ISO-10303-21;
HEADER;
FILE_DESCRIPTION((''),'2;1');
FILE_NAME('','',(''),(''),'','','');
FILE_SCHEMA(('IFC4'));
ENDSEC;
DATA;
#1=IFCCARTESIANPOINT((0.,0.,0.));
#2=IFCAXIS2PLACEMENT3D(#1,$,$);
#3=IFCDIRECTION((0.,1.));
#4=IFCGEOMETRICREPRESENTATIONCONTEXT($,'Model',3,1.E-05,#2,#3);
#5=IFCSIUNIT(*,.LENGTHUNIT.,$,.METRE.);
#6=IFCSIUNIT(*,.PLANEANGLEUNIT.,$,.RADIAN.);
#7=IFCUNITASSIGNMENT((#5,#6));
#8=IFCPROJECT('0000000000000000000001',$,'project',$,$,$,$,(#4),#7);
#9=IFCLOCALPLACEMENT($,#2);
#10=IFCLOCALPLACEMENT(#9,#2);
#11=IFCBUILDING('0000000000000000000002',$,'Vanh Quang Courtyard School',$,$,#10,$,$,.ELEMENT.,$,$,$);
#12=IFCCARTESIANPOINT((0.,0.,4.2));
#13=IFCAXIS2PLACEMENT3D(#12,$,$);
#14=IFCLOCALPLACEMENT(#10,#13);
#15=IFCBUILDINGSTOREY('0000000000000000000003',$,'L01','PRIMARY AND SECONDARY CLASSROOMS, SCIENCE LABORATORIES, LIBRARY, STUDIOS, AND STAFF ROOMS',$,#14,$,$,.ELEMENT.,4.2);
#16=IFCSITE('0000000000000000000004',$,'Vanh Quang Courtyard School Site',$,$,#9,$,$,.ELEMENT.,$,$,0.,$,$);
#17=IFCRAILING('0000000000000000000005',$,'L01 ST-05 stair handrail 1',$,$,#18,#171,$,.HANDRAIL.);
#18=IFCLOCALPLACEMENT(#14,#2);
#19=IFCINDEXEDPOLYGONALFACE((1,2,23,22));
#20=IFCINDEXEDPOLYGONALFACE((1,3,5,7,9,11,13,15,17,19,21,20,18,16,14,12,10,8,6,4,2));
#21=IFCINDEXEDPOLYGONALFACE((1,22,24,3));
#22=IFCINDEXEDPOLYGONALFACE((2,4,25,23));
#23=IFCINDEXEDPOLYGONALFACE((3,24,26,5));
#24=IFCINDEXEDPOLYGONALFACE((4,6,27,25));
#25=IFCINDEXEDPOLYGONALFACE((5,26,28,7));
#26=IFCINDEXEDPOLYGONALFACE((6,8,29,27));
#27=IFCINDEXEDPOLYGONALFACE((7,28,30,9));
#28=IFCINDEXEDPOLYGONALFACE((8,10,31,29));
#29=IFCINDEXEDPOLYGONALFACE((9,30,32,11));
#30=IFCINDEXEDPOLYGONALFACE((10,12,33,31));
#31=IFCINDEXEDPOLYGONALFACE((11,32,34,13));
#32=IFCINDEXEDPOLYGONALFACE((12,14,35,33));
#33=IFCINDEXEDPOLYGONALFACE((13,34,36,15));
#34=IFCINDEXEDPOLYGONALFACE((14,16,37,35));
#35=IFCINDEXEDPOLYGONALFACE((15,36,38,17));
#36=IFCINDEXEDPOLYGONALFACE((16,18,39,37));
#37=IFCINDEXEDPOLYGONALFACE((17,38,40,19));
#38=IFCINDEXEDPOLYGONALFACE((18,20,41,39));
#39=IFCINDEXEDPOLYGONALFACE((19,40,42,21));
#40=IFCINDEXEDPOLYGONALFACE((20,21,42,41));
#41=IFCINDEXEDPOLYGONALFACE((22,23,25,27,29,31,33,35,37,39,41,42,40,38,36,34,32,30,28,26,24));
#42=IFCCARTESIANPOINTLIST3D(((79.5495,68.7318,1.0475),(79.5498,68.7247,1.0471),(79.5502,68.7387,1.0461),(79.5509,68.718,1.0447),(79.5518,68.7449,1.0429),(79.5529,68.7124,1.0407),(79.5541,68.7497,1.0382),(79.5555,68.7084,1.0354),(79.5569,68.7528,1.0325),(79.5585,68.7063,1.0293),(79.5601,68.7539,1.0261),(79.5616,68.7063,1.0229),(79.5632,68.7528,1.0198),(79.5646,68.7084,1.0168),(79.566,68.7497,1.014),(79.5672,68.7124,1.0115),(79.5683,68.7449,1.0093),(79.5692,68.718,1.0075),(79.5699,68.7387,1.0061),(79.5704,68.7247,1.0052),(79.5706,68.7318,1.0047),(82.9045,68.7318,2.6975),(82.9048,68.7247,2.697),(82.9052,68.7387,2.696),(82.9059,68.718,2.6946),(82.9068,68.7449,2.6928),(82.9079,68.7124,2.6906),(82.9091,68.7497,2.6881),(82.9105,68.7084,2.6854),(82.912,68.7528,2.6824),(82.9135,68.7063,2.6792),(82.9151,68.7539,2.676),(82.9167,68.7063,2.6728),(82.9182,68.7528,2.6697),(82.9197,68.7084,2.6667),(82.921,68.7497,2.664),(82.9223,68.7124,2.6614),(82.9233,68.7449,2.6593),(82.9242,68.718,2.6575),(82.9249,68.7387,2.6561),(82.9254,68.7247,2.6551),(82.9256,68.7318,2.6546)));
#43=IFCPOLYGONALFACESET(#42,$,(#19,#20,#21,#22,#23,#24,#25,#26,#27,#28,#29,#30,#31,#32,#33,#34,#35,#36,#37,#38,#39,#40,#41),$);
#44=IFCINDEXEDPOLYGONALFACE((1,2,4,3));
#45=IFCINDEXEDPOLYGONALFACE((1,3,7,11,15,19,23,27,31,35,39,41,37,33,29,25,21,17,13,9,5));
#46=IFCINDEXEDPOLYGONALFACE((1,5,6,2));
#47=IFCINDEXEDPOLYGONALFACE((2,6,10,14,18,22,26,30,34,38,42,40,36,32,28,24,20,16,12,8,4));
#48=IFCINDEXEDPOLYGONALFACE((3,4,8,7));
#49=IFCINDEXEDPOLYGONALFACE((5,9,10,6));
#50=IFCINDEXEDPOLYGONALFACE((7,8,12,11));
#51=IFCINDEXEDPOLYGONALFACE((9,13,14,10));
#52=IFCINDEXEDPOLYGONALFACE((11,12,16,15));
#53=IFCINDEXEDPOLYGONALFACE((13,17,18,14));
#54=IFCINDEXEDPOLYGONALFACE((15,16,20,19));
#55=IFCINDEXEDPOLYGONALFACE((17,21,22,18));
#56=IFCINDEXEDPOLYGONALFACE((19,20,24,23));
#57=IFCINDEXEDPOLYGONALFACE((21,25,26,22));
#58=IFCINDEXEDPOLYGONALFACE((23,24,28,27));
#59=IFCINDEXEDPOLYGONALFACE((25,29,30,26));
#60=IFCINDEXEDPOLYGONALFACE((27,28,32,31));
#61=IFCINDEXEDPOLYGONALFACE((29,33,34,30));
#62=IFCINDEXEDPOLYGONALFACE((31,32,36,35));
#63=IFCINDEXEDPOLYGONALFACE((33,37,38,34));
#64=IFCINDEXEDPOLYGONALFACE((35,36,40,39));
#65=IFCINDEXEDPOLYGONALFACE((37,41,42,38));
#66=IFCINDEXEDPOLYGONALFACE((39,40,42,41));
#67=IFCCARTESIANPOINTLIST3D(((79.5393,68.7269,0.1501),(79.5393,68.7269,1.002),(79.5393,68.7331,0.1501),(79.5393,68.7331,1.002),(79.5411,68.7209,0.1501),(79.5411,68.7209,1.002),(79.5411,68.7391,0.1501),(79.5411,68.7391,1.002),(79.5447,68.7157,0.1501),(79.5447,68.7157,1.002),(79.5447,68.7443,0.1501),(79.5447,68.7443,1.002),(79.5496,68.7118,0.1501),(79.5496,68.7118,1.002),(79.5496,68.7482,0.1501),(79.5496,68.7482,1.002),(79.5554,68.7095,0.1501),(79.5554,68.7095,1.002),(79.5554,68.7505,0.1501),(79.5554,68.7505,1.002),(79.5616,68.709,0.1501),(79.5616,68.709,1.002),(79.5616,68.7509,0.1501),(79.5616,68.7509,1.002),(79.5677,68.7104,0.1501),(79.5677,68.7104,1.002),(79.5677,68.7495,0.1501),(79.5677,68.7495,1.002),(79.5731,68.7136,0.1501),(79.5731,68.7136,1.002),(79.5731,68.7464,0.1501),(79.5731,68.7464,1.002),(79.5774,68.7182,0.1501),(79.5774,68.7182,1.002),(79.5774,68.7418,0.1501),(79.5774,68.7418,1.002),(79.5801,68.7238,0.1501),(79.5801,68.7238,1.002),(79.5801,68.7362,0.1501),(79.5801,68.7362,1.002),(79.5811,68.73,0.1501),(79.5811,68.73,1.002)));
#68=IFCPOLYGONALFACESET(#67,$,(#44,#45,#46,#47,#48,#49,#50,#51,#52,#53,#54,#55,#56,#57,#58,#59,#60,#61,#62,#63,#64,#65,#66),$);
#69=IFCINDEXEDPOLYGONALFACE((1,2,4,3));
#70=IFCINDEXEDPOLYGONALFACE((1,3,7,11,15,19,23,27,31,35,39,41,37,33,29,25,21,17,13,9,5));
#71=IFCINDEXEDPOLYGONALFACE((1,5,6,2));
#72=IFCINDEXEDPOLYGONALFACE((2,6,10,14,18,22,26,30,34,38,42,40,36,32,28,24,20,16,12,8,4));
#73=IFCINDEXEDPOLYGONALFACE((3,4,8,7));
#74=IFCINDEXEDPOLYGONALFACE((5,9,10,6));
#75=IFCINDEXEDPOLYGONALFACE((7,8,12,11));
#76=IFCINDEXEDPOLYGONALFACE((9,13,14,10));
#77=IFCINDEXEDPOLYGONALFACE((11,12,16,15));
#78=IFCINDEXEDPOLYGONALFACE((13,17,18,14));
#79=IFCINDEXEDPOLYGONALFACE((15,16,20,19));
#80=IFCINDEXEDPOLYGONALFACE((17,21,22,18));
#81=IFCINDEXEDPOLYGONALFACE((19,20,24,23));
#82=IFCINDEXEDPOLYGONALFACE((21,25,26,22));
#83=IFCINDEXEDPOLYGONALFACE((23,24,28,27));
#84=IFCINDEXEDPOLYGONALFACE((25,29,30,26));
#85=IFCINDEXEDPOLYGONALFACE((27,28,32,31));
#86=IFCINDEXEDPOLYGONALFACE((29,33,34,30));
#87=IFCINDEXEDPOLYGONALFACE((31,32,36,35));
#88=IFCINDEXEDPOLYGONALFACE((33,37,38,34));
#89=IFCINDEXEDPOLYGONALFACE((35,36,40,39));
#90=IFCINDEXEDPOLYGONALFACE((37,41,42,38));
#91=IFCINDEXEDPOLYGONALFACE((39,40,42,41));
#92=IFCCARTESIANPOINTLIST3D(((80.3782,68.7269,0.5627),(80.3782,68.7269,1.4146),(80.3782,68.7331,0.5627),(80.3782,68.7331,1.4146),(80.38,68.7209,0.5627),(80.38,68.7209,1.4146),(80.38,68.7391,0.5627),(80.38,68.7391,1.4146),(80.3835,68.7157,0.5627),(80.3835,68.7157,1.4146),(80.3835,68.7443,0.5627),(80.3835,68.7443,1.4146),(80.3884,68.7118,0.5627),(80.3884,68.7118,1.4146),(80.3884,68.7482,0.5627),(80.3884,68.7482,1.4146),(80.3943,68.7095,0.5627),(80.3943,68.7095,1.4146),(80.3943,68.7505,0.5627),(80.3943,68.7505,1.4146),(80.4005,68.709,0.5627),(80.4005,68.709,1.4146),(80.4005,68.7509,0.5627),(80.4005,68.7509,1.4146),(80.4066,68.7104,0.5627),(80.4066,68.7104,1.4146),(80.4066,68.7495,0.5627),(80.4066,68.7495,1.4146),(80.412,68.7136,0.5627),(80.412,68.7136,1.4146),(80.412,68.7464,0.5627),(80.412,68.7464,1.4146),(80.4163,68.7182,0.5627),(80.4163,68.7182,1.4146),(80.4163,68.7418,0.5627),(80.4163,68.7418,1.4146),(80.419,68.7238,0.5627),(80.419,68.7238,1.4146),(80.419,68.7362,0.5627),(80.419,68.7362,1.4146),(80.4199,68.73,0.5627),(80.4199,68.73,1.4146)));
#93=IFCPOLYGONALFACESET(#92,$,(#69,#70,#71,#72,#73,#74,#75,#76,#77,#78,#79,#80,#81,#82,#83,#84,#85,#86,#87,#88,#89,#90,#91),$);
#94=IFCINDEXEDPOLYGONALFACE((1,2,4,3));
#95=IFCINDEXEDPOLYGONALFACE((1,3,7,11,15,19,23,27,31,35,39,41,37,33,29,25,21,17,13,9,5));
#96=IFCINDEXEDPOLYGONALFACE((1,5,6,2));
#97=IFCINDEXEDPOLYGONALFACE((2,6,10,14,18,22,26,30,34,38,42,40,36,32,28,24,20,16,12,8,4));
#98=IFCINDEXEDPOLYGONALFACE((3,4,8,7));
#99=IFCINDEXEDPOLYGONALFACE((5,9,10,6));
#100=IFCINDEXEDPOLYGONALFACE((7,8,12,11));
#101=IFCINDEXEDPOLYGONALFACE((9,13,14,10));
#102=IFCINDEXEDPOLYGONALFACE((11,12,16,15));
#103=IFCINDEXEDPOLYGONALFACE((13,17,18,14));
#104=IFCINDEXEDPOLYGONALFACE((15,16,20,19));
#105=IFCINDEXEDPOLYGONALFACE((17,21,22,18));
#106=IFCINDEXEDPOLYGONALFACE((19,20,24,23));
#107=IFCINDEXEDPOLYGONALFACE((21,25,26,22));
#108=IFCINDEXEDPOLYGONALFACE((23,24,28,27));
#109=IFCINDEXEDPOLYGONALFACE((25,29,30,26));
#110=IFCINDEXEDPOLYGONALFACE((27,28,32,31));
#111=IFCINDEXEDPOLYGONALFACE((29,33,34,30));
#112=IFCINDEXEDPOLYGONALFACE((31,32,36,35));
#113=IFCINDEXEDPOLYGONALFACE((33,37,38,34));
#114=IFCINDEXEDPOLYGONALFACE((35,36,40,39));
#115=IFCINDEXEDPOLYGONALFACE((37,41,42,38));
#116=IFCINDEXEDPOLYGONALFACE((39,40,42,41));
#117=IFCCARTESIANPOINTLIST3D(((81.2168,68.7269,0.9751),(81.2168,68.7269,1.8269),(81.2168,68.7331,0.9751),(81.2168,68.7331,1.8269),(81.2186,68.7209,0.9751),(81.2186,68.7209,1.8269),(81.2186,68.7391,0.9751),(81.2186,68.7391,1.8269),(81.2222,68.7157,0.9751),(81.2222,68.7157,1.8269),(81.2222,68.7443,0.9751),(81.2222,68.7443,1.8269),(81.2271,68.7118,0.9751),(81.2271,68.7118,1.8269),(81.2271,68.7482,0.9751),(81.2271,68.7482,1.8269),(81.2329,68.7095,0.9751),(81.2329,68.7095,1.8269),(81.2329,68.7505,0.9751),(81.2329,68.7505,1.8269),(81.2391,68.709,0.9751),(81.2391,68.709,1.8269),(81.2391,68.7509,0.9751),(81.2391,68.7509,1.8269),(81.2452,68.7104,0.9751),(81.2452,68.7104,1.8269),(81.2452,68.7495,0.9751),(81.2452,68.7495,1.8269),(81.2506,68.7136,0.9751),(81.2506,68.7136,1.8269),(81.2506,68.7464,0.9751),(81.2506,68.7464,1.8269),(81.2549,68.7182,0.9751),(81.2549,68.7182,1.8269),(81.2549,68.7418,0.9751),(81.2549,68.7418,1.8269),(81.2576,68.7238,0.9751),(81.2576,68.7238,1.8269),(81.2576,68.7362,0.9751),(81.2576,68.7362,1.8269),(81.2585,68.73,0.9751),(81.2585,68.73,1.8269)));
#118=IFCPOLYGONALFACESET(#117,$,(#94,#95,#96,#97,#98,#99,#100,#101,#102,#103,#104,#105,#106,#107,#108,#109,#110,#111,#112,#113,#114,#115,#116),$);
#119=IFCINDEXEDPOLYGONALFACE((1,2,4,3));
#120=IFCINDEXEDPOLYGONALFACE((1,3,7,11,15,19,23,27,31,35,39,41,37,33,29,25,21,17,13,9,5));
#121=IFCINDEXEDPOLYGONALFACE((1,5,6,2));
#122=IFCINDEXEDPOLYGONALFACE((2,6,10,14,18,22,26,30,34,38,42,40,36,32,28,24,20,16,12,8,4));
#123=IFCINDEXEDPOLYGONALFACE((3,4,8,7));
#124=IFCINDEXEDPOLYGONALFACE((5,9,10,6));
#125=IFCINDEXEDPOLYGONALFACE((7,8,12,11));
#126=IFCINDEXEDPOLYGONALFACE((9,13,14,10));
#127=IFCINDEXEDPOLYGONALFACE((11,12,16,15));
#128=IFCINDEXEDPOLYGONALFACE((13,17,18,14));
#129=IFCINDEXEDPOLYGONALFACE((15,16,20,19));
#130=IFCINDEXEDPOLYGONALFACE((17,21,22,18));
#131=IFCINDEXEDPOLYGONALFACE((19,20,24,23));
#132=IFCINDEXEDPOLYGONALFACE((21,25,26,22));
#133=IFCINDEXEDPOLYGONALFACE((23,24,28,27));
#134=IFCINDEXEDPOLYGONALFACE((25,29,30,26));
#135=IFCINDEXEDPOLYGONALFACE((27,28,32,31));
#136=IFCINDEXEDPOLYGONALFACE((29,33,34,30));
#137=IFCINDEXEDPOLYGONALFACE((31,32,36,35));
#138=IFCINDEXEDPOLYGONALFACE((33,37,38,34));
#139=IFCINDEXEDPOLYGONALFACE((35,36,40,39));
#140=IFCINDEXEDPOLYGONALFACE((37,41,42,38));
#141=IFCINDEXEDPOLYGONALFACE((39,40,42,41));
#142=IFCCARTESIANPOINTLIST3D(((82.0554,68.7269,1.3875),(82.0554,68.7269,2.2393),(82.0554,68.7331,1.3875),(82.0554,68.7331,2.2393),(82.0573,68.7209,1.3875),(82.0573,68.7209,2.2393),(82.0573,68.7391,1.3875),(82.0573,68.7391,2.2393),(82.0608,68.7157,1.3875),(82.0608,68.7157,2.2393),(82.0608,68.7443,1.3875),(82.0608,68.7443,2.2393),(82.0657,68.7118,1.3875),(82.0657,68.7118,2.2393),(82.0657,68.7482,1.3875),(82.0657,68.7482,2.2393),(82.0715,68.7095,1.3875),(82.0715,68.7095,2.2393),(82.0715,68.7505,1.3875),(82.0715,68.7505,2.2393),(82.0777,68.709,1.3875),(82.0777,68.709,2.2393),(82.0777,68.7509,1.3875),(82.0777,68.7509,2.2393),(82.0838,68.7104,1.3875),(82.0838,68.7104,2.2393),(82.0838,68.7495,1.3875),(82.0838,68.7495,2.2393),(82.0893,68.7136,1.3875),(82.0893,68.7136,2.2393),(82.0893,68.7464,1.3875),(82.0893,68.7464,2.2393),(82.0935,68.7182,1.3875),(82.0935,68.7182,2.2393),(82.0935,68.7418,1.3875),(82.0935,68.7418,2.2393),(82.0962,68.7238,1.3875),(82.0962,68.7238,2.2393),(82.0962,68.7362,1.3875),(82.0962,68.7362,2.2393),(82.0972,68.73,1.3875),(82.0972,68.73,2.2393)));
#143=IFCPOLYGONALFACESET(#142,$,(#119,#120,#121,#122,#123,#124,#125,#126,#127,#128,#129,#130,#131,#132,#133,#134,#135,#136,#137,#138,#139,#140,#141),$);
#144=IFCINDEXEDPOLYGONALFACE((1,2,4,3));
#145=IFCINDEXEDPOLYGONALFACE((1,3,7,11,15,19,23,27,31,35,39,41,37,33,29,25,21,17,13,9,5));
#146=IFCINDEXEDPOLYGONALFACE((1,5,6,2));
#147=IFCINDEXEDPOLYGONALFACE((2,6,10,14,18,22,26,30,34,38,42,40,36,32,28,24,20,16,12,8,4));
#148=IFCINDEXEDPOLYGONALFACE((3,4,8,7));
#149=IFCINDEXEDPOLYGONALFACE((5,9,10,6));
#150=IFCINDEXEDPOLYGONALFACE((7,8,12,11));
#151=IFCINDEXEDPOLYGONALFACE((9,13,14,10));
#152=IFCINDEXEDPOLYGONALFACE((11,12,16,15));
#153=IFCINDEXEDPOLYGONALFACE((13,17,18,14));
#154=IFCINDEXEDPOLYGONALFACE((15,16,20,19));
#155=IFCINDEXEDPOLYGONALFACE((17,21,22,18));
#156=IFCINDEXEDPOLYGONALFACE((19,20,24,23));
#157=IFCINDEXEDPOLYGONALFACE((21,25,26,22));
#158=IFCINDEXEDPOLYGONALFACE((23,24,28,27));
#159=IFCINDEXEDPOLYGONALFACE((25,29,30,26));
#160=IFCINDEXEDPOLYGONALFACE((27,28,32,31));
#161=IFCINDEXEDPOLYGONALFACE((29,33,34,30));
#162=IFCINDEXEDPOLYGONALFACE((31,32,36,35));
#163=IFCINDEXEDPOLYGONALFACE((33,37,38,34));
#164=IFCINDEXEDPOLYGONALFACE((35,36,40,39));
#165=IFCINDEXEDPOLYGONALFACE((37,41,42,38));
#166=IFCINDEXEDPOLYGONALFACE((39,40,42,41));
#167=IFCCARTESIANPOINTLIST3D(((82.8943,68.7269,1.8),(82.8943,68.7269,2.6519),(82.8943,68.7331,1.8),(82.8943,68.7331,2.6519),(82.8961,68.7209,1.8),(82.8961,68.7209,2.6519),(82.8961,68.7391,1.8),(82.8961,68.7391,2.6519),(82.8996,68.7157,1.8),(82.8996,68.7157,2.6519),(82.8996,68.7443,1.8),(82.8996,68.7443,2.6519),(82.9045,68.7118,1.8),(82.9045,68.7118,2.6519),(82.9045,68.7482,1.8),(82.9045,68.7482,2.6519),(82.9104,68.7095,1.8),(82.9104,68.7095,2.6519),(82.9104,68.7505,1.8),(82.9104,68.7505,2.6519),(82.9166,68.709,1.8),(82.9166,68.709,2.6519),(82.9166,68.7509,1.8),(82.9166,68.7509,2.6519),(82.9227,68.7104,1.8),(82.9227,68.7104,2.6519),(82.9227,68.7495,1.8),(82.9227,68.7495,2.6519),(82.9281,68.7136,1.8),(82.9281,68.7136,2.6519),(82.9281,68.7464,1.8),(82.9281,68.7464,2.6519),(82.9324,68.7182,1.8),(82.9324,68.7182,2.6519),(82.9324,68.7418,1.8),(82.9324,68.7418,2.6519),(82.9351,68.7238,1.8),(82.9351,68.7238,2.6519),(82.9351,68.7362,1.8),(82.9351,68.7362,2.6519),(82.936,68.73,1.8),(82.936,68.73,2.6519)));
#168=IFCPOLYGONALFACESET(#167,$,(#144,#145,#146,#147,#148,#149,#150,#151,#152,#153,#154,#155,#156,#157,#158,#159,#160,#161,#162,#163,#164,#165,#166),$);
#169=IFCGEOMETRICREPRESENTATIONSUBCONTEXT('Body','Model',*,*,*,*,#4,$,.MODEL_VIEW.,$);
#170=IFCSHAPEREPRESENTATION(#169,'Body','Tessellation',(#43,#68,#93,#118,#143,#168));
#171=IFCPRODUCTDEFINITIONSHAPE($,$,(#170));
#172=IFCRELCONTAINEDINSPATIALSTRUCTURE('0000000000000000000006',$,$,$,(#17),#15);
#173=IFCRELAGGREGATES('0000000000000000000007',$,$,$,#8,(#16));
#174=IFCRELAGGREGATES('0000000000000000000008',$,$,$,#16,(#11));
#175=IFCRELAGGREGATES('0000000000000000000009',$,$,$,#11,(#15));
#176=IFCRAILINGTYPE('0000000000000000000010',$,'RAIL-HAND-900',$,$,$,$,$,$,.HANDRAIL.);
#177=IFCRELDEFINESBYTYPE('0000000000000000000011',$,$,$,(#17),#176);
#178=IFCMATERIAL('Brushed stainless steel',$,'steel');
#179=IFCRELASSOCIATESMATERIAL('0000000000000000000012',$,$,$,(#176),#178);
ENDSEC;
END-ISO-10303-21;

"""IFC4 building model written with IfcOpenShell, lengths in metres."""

from ifc_helpers import new_model, si_unit, direction, frame, origin, origin_2d, place, context, subcontext, project, spatial, circle, extrude, material, type_object, element, save


model = new_model("IFC4")

# Units and contexts
model_context = context("Model", 3, precision=1e-05, world=origin(), true_north=direction((0.0, 1.0)))
body_context = subcontext(model_context, "Body", "Model", "MODEL_VIEW")
ifc_project = project(units=[si_unit("LENGTHUNIT", "METRE"), si_unit("PLANEANGLEUNIT", "RADIAN")], contexts=[model_context])

# Site, building, storey
site_placement = place(None, origin())
site = spatial("IfcSite", under=ifc_project, at=site_placement, Name="Vanh Quang Courtyard School Site", CompositionType="ELEMENT", RefElevation=0.0)
building_placement = place(site_placement, origin())
building = spatial("IfcBuilding", under=site, at=building_placement, Name="Vanh Quang Courtyard School", CompositionType="ELEMENT")
storey_placement = place(building_placement, frame((0.0, 0.0, 4.2)))
storey = spatial("IfcBuildingStorey", under=building, at=storey_placement, Name="L01", Description="PRIMARY AND SECONDARY CLASSROOMS, SCIENCE LABORATORIES, LIBRARY, STUDIOS, AND STAFF ROOMS", CompositionType="ELEMENT", Elevation=4.2)

# Railing
ifc_material_1 = material(Name="Brushed stainless steel", Category="steel")
railing_type_1 = type_object("IfcRailingType", Name="RAIL-HAND-900", PredefinedType="HANDRAIL", material=ifc_material_1)
railing_1_placement = place(storey_placement, frame((79.5601, 68.73, 0.1501)))
element("IfcRailing", 1, at=railing_1_placement, inside=storey, type_object=railing_type_1, Name="L01 ST-05 stair handrail 1", PredefinedType="HANDRAIL", context=body_context, shape_type="SweptSolid", body=[
    extrude(circle(Radius=0.0239, at=origin_2d()), frame((0.0, 0.0, 0.876), z_axis=(0.897359, 0.0, 0.441301), x_axis=(0.0, 1.0, 0.0)), (0.0, 0.0, 1.0), 3.7388),
    extrude(circle(Radius=0.021, at=origin_2d()), origin(), (0.0, 0.0, 1.0), 0.8518),
    extrude(circle(Radius=0.021, at=origin_2d()), frame((0.8389, 0.0, 0.4126)), (0.0, 0.0, 1.0), 0.8518),
    extrude(circle(Radius=0.021, at=origin_2d()), frame((1.6775, 0.0, 0.825)), (0.0, 0.0, 1.0), 0.8518),
    extrude(circle(Radius=0.021, at=origin_2d()), frame((2.5161, 0.0, 1.2373)), (0.0, 0.0, 1.0), 0.8518),
    extrude(circle(Radius=0.021, at=origin_2d()), frame((3.355, 0.0, 1.6499)), (0.0, 0.0, 1.0), 0.8518),
])

save(model, "model.ifc")
